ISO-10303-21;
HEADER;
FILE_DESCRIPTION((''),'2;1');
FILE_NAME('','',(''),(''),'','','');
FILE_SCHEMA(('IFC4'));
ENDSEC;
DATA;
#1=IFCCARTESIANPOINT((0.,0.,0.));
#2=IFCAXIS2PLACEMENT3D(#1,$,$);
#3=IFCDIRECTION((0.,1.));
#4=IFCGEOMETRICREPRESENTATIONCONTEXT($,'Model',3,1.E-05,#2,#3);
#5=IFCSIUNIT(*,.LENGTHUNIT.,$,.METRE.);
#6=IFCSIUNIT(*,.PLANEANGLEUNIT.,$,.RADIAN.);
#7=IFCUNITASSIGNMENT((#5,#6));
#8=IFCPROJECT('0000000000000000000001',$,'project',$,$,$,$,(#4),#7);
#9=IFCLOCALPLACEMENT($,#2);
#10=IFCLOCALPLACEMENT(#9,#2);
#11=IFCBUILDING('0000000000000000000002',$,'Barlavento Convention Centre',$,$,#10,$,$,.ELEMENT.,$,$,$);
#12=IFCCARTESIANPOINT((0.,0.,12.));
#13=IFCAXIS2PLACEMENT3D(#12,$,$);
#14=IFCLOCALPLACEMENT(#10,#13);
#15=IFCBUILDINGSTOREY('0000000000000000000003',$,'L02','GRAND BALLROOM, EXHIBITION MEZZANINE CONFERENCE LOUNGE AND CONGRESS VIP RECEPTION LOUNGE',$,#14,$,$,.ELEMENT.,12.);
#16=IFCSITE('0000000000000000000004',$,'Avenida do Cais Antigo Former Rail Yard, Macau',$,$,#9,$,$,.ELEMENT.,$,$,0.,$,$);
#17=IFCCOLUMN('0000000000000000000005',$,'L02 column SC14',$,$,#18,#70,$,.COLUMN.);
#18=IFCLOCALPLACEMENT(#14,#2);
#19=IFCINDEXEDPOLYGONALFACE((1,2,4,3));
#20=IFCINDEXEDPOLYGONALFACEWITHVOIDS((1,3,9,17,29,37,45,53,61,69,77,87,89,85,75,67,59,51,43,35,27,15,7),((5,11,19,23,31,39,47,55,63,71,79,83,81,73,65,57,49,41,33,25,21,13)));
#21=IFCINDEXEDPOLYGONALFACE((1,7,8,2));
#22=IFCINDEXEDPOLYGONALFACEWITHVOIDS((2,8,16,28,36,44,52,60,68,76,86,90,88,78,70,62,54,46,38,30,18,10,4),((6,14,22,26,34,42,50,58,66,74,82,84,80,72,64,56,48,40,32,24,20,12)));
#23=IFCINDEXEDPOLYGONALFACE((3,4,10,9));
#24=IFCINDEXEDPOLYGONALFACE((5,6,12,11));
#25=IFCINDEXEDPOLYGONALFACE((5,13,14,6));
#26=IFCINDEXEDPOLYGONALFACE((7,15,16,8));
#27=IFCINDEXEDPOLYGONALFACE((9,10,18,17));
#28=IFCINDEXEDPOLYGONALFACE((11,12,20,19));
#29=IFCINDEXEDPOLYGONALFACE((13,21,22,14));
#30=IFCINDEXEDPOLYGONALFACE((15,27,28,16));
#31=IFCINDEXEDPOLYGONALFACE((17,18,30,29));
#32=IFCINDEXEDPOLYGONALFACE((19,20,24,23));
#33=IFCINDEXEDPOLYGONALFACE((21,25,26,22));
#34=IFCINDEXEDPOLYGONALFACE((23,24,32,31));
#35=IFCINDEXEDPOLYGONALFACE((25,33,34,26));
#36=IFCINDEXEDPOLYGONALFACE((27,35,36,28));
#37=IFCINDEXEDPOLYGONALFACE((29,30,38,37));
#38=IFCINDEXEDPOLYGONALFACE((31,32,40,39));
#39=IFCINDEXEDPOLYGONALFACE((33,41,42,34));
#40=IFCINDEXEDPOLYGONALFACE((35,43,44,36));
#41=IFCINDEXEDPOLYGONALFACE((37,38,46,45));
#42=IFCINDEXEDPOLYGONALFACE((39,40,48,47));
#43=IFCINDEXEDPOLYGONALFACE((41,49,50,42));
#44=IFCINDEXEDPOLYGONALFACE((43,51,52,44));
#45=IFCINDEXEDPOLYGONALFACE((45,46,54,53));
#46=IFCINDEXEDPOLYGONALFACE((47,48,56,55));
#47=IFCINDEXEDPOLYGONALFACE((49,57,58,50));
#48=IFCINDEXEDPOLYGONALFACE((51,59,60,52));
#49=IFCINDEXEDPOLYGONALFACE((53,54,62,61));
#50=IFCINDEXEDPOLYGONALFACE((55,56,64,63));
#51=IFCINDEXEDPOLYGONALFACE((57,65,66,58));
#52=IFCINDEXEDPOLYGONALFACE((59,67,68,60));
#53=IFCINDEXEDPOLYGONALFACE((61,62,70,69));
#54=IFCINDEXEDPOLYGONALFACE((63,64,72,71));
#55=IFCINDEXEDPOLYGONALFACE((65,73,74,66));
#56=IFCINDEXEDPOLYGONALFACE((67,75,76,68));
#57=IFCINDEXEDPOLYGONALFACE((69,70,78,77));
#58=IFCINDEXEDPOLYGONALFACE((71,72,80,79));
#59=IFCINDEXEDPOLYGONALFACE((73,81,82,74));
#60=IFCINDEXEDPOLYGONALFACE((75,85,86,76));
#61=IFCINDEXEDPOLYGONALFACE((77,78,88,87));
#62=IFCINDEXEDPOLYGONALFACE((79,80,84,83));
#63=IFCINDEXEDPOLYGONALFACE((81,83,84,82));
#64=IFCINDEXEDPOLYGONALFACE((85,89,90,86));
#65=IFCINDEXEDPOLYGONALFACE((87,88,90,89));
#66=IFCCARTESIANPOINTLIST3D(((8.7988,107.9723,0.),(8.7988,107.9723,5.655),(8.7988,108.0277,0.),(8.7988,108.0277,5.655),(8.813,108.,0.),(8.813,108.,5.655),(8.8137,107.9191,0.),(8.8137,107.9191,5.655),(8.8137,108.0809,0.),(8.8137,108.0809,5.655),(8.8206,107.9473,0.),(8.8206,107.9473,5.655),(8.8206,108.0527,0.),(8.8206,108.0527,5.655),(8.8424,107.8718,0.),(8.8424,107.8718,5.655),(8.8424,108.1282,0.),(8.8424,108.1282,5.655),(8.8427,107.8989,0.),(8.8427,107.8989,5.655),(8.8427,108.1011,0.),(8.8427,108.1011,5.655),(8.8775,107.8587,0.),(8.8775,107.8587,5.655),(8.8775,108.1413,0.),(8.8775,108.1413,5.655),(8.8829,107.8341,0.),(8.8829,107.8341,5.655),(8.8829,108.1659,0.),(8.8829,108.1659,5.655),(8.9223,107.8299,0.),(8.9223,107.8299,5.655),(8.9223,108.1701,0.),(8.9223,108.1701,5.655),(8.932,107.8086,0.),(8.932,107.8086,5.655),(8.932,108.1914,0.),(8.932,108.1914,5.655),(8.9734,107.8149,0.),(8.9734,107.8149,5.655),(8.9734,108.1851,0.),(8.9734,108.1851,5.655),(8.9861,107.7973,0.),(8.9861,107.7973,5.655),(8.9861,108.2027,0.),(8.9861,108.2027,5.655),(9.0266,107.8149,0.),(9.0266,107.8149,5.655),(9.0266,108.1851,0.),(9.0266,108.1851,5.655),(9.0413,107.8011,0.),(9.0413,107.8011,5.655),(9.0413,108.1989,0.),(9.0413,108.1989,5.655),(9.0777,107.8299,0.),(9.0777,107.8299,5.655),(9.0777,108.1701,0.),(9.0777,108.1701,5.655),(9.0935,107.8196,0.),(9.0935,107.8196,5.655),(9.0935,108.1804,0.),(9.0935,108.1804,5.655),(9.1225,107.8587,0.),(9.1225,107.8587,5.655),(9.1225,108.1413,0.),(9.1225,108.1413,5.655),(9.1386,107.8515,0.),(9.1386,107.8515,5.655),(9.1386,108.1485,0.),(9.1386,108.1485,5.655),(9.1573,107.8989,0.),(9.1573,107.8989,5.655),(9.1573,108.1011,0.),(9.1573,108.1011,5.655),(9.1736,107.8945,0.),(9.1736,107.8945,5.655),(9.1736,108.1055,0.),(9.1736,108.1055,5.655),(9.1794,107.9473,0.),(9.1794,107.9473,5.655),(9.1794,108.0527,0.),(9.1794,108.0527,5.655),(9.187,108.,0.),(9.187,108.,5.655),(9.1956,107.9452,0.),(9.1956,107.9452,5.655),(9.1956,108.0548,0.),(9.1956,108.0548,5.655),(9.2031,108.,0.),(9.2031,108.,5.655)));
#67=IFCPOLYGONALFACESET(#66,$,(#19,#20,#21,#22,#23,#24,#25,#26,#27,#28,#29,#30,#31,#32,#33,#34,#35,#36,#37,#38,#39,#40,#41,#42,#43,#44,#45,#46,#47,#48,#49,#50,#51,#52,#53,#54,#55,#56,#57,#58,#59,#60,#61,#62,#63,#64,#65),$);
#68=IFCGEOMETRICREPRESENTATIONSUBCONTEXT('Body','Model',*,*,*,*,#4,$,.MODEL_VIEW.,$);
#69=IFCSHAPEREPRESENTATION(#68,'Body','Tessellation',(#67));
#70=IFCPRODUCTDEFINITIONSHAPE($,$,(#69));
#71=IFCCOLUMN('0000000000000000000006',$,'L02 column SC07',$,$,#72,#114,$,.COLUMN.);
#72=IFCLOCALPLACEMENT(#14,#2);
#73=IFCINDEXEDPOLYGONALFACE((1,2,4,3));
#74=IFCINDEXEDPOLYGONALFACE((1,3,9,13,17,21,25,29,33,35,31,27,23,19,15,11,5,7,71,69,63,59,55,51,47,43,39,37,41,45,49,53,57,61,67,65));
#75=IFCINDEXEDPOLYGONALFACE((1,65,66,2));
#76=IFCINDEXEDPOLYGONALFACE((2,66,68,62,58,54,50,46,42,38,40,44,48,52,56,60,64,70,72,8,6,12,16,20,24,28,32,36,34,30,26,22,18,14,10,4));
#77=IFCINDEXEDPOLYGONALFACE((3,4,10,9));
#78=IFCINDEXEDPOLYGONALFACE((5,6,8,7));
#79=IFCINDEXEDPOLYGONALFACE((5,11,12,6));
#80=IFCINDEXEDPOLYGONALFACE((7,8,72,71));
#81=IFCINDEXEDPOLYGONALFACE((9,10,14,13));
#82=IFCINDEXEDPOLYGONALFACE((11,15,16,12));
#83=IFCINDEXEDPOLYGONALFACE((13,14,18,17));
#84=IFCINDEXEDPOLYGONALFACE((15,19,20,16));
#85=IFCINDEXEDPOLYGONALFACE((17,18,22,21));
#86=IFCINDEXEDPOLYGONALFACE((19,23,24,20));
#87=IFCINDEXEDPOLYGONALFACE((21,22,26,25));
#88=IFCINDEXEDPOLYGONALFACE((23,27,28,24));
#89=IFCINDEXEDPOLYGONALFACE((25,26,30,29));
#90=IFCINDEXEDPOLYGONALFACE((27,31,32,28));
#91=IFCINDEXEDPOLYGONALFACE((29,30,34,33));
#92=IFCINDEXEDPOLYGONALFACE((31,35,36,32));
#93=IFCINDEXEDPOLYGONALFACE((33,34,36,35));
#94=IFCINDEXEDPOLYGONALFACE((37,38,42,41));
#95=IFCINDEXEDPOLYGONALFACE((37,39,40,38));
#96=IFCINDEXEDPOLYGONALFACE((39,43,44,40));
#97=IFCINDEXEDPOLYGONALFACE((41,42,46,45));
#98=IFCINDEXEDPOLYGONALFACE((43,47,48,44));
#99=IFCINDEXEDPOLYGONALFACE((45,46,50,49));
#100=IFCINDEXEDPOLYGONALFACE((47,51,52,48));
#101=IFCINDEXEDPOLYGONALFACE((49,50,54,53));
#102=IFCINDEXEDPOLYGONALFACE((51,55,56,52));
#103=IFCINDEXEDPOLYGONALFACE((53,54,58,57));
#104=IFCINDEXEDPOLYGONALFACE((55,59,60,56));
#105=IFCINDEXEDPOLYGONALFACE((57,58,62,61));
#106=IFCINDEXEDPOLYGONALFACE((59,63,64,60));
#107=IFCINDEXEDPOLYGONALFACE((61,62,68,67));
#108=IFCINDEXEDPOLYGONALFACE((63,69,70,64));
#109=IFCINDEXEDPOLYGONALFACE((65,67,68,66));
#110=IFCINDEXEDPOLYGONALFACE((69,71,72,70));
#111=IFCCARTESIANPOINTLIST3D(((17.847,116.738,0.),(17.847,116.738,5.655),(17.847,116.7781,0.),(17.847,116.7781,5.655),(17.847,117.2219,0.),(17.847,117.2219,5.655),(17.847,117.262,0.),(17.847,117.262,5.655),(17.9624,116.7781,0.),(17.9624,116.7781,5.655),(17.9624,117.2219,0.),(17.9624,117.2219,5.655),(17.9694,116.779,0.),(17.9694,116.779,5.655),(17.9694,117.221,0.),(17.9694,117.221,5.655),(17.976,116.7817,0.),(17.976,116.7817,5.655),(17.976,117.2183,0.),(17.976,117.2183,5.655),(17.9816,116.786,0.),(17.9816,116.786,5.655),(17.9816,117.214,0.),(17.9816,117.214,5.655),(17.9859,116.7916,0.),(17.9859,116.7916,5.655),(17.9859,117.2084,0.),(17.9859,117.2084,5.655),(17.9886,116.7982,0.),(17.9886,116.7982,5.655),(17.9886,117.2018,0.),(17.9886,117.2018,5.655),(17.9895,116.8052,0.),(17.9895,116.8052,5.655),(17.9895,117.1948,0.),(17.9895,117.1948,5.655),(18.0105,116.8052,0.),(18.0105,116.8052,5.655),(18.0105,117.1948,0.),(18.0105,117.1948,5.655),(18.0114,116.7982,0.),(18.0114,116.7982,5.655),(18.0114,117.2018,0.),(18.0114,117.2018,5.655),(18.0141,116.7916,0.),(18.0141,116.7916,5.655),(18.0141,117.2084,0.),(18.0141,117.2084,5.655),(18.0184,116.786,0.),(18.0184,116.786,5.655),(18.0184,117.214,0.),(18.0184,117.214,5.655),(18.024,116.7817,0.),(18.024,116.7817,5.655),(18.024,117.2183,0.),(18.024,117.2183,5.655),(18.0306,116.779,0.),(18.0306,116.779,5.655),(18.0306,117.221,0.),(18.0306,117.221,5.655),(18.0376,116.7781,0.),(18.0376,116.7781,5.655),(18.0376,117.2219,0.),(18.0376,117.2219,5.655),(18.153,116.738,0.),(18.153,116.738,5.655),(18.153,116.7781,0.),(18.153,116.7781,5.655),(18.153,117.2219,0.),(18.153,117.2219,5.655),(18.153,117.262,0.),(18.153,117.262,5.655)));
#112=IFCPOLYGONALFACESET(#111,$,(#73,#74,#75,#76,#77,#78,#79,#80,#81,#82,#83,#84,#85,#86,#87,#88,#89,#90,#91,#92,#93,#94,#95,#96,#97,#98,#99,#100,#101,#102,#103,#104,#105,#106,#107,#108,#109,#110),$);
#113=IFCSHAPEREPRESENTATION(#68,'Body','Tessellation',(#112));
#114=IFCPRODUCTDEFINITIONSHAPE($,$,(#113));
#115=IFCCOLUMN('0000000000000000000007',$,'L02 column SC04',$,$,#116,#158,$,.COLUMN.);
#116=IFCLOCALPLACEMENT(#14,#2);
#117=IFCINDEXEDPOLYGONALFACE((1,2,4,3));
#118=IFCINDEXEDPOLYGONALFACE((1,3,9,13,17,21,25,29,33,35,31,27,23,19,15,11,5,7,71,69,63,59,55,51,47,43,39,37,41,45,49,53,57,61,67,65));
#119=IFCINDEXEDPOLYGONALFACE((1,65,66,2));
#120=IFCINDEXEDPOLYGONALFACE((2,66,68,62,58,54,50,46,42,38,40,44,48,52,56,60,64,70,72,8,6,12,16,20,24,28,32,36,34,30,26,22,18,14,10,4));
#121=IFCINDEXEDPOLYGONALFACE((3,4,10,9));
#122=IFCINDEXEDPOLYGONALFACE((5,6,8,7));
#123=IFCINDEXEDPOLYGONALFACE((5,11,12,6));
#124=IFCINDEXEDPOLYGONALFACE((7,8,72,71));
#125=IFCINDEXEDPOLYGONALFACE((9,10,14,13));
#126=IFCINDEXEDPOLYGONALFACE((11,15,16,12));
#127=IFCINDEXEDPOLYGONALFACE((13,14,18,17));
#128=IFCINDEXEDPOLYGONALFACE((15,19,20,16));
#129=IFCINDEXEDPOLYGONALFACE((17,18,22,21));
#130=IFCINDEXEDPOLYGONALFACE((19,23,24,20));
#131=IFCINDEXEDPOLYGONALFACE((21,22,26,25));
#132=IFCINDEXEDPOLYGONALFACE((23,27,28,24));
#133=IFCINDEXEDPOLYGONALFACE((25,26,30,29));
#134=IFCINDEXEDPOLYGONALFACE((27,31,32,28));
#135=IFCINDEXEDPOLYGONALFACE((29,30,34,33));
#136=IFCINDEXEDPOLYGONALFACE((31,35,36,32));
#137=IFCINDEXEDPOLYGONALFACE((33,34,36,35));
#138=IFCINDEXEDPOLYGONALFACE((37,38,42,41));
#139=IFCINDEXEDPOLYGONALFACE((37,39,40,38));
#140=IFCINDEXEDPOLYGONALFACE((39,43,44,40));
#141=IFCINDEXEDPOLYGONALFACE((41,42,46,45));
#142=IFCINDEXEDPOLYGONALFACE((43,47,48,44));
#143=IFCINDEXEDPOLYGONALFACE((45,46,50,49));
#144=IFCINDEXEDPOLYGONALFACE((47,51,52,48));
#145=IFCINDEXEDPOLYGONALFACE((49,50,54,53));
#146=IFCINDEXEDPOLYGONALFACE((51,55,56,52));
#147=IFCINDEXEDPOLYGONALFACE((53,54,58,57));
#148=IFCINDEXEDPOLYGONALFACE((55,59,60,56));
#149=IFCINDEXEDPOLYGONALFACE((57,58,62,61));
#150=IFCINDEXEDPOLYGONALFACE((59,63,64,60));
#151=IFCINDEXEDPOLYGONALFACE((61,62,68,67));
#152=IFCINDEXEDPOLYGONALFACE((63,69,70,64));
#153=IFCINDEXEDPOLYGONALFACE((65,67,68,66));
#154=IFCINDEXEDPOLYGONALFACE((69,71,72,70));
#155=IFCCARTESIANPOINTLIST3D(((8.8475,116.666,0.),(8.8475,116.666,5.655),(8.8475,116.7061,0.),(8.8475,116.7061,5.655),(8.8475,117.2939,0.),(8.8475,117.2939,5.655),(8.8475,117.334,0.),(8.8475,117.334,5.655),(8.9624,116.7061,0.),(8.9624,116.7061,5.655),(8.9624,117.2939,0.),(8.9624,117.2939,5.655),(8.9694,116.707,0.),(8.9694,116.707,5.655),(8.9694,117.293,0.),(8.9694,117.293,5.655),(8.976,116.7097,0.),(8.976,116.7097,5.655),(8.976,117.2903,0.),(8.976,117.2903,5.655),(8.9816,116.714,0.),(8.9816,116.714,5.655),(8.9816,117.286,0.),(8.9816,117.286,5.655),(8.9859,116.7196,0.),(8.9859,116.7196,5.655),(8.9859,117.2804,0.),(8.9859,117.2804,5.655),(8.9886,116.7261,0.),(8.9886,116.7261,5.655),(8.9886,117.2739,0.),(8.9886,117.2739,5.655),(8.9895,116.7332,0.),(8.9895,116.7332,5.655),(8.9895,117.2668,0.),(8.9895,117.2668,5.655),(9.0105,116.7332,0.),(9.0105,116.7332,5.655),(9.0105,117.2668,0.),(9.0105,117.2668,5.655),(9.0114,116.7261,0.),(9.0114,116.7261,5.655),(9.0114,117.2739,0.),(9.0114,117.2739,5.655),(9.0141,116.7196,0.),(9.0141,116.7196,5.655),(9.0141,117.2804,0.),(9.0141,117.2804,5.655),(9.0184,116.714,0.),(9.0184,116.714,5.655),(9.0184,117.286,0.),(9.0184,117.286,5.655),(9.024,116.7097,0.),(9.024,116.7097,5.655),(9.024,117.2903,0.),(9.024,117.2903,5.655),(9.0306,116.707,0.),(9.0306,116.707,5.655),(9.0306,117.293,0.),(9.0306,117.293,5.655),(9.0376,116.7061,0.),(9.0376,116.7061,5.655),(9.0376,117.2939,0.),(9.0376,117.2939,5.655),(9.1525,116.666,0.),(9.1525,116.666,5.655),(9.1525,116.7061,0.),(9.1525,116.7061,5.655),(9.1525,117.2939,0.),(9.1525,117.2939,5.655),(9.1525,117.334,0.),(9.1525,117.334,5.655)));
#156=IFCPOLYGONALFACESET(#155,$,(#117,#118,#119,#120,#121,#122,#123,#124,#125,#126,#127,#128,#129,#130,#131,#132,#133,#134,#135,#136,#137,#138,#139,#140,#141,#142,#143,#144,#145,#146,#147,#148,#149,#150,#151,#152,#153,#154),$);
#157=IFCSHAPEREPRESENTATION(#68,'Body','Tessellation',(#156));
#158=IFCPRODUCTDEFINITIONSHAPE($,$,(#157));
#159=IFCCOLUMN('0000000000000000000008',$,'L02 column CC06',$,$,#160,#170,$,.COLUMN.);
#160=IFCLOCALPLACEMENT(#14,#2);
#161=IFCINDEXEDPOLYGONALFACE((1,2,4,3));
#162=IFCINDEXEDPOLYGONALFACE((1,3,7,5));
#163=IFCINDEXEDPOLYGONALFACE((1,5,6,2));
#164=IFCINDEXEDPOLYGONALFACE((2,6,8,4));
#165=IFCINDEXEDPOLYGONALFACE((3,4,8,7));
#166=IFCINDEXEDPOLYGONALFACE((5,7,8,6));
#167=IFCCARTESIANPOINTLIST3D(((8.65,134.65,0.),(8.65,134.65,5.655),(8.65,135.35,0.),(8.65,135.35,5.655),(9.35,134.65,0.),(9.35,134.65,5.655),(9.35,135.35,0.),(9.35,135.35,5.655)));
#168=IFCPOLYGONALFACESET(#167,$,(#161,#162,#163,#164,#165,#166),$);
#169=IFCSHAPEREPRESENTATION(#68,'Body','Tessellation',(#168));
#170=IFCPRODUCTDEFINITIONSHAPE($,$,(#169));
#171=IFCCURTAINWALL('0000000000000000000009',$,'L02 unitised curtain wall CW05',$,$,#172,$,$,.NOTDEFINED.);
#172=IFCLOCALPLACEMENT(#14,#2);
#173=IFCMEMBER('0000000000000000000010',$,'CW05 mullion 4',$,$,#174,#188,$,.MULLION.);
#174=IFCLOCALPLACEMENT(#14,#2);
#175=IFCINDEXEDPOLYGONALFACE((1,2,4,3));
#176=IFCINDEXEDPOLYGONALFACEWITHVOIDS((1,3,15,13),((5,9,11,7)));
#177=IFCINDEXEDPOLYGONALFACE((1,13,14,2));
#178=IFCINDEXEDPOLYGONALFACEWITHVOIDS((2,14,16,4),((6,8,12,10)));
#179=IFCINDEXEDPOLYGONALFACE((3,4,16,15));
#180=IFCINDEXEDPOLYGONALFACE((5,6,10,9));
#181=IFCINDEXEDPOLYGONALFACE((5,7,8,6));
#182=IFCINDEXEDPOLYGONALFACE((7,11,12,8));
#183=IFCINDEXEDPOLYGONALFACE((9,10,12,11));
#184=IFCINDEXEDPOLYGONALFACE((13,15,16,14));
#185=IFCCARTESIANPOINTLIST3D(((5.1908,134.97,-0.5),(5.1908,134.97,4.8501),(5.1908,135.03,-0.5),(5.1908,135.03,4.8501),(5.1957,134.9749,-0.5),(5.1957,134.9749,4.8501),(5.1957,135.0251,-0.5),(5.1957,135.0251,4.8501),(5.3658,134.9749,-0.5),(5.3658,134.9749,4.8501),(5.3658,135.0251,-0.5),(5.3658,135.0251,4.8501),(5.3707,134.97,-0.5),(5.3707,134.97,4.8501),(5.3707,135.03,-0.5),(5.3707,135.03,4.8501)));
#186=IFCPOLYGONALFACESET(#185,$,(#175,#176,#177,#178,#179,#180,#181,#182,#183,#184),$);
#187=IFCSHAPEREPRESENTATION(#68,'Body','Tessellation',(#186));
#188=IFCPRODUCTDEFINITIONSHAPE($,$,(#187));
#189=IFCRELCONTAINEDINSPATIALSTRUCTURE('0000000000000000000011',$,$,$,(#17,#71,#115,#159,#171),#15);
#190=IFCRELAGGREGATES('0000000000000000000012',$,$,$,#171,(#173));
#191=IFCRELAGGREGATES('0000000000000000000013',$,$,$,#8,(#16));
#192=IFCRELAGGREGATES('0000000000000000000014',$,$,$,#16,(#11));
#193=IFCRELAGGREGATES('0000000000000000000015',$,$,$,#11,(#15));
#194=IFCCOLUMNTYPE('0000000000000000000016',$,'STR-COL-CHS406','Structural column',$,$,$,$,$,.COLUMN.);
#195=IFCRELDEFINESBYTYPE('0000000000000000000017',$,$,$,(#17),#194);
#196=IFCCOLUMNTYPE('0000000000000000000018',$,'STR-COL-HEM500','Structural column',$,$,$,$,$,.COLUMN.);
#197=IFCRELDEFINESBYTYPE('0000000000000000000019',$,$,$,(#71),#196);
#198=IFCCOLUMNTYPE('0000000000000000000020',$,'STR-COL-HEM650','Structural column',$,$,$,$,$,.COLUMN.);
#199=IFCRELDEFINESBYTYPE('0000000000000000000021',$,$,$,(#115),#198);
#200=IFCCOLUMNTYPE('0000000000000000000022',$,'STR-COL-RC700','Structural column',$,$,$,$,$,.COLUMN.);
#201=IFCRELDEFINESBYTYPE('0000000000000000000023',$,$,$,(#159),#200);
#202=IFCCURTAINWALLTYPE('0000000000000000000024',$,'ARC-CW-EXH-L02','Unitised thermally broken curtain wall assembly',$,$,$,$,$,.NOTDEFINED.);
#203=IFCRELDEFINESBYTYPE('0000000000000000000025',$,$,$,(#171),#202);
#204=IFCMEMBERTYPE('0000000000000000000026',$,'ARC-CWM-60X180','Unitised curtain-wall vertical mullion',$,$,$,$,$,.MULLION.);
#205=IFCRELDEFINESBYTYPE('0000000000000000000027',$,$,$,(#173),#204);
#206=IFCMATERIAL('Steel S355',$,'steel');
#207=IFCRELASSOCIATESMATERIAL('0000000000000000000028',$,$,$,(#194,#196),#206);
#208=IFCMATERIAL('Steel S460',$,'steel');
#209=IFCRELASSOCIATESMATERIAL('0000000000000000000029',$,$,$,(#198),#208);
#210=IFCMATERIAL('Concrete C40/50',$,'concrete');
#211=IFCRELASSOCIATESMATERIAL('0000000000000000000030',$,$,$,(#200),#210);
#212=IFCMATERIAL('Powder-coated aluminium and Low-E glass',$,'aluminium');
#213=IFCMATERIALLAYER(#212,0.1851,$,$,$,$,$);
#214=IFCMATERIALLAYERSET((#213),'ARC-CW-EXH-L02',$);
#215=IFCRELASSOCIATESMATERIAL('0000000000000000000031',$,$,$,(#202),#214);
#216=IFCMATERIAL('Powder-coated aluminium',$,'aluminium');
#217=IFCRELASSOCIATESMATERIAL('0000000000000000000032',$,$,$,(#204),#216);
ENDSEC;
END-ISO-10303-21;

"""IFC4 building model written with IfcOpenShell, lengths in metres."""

from ifc_helpers import new_model, si_unit, direction, frame, origin, origin_2d, place, context, subcontext, project, spatial, rectangle, hollow_rectangle, hollow_circle, i_section, extrude, material, layer, layer_set, material_profile, profile_set, type_object, element, aggregate, save


model = new_model("IFC4")

# Units and contexts
model_context = context("Model", 3, precision=1e-05, world=origin(), true_north=direction((0.0, 1.0)))
body_context = subcontext(model_context, "Body", "Model", "MODEL_VIEW")
ifc_project = project(units=[si_unit("LENGTHUNIT", "METRE"), si_unit("PLANEANGLEUNIT", "RADIAN")], contexts=[model_context])

# Site, building, storey
site_placement = place(None, origin())
site = spatial("IfcSite", under=ifc_project, at=site_placement, Name="Avenida do Cais Antigo Former Rail Yard, Macau", CompositionType="ELEMENT", RefElevation=0.0)
building_placement = place(site_placement, origin())
building = spatial("IfcBuilding", under=site, at=building_placement, Name="Barlavento Convention Centre", CompositionType="ELEMENT")
storey_placement = place(building_placement, frame((0.0, 0.0, 12.0)))
storey = spatial("IfcBuildingStorey", under=building, at=storey_placement, Name="L02", Description="GRAND BALLROOM, EXHIBITION MEZZANINE CONFERENCE LOUNGE AND CONGRESS VIP RECEPTION LOUNGE", CompositionType="ELEMENT", Elevation=12.0)

# Columns
ifc_material_1 = material(Name="Steel S355", Category="steel")
ifc_material_profile_1 = material_profile(ifc_material_1, hollow_circle(Radius=0.2031, WallThickness=0.0161, at=origin_2d()), Name="CHS 406.4x16.0")
ifc_profile_set_1 = profile_set([ifc_material_profile_1], Name="Steel S355")
column_type_1 = type_object("IfcColumnType", Name="STR-COL-CHS406", Description="Structural column", PredefinedType="COLUMN", material=ifc_profile_set_1)
column_1_placement = place(storey_placement, frame((9.0, 108.0, 0.0), z_axis=(0.0, 0.0, 1.0), x_axis=(1.0, 0.0, 0.0)))
element("IfcColumn", 1, at=column_1_placement, inside=storey, type_object=column_type_1, Name="L02 column SC14", PredefinedType="COLUMN", context=body_context, shape_type="SweptSolid", body=[
    extrude(hollow_circle(Radius=0.2031, WallThickness=0.0161, at=origin_2d()), origin(), (0.0, 0.0, 1.0), 5.655),
])
ifc_material_profile_2 = material_profile(ifc_material_1, i_section(OverallWidth=0.3059, OverallDepth=0.5239, WebThickness=0.021, FlangeThickness=0.04, FilletRadius=0.0271, at=origin_2d()), Name="HEM 500")
ifc_profile_set_2 = profile_set([ifc_material_profile_2], Name="Steel S355")
column_type_2 = type_object("IfcColumnType", Name="STR-COL-HEM500", Description="Structural column", PredefinedType="COLUMN", material=ifc_profile_set_2)
column_2_placement = place(storey_placement, frame((18.0, 117.0, 0.0), z_axis=(0.0, 0.0, 1.0), x_axis=(1.0, 0.0, 0.0)))
element("IfcColumn", 2, at=column_2_placement, inside=storey, type_object=column_type_2, Name="L02 column SC07", PredefinedType="COLUMN", context=body_context, shape_type="SweptSolid", body=[
    extrude(i_section(OverallWidth=0.3059, OverallDepth=0.5239, WebThickness=0.021, FlangeThickness=0.04, FilletRadius=0.0271, at=origin_2d()), origin(), (0.0, 0.0, 1.0), 5.655),
])
ifc_material_2 = material(Name="Steel S460", Category="steel")
ifc_material_profile_3 = material_profile(ifc_material_2, i_section(OverallWidth=0.3049, OverallDepth=0.668, WebThickness=0.021, FlangeThickness=0.04, FilletRadius=0.0271, at=origin_2d()), Name="HEM 650")
ifc_profile_set_3 = profile_set([ifc_material_profile_3], Name="Steel S460")
column_type_3 = type_object("IfcColumnType", Name="STR-COL-HEM650", Description="Structural column", PredefinedType="COLUMN", material=ifc_profile_set_3)
column_3_placement = place(storey_placement, frame((9.0, 117.0, 0.0), z_axis=(0.0, 0.0, 1.0), x_axis=(1.0, 0.0, 0.0)))
element("IfcColumn", 3, at=column_3_placement, inside=storey, type_object=column_type_3, Name="L02 column SC04", PredefinedType="COLUMN", context=body_context, shape_type="SweptSolid", body=[
    extrude(i_section(OverallWidth=0.3049, OverallDepth=0.668, WebThickness=0.021, FlangeThickness=0.04, FilletRadius=0.0271, at=origin_2d()), origin(), (0.0, 0.0, 1.0), 5.655),
])
ifc_material_3 = material(Name="Concrete C40/50", Category="concrete")
ifc_material_profile_4 = material_profile(ifc_material_3, rectangle(XDim=0.7, YDim=0.7, at=origin_2d()), Name="RC 700x700")
ifc_profile_set_4 = profile_set([ifc_material_profile_4], Name="Concrete C40/50")
column_type_4 = type_object("IfcColumnType", Name="STR-COL-RC700", Description="Structural column", PredefinedType="COLUMN", material=ifc_profile_set_4)
column_4_placement = place(storey_placement, frame((9.0, 135.0, 0.0), z_axis=(0.0, 0.0, 1.0), x_axis=(1.0, 0.0, 0.0)))
element("IfcColumn", 4, at=column_4_placement, inside=storey, type_object=column_type_4, Name="L02 column CC06", PredefinedType="COLUMN", context=body_context, shape_type="SweptSolid", body=[
    extrude(rectangle(XDim=0.7, YDim=0.7, at=origin_2d()), origin(), (0.0, 0.0, 1.0), 5.655),
])

# Curtain wall, member
ifc_material_4 = material(Name="Powder-coated aluminium and Low-E glass", Category="aluminium")
ifc_layer_1 = layer(ifc_material_4, 0.1851)
ifc_layer_set_1 = layer_set([ifc_layer_1], Name="ARC-CW-EXH-L02")
curtain_wall_type = type_object("IfcCurtainWallType", Name="ARC-CW-EXH-L02", Description="Unitised thermally broken curtain wall assembly", PredefinedType="NOTDEFINED", material=ifc_layer_set_1)
curtain_wall_1_placement = place(storey_placement, origin())
curtain_wall_1 = element("IfcCurtainWall", 5, at=curtain_wall_1_placement, inside=storey, type_object=curtain_wall_type, Name="L02 unitised curtain wall CW05", PredefinedType="NOTDEFINED")
ifc_material_5 = material(Name="Powder-coated aluminium", Category="aluminium")
ifc_material_profile_5 = material_profile(ifc_material_5, hollow_rectangle(XDim=0.0601, YDim=0.1799, WallThickness=0.0049, at=origin_2d()), Name="AL-MULL 60x180x5")
ifc_profile_set_5 = profile_set([ifc_material_profile_5], Name="Powder-coated aluminium")
member_type_1 = type_object("IfcMemberType", Name="ARC-CWM-60X180", Description="Unitised curtain-wall vertical mullion", PredefinedType="MULLION", material=ifc_profile_set_5)
member_1_placement = place(storey_placement, frame((5.2808, 135.0, -0.5), z_axis=(0.0, 0.0, 1.0), x_axis=(0.0, 1.0, 0.0)))
member_1 = element("IfcMember", 6, at=member_1_placement, type_object=member_type_1, Name="CW05 mullion 4", PredefinedType="MULLION", context=body_context, shape_type="SweptSolid", body=[
    extrude(hollow_rectangle(XDim=0.0601, YDim=0.1799, WallThickness=0.0049, at=origin_2d()), origin(), (0.0, 0.0, 1.0), 5.3501),
])

aggregate(curtain_wall_1, [member_1])

save(model, "model.ifc")
